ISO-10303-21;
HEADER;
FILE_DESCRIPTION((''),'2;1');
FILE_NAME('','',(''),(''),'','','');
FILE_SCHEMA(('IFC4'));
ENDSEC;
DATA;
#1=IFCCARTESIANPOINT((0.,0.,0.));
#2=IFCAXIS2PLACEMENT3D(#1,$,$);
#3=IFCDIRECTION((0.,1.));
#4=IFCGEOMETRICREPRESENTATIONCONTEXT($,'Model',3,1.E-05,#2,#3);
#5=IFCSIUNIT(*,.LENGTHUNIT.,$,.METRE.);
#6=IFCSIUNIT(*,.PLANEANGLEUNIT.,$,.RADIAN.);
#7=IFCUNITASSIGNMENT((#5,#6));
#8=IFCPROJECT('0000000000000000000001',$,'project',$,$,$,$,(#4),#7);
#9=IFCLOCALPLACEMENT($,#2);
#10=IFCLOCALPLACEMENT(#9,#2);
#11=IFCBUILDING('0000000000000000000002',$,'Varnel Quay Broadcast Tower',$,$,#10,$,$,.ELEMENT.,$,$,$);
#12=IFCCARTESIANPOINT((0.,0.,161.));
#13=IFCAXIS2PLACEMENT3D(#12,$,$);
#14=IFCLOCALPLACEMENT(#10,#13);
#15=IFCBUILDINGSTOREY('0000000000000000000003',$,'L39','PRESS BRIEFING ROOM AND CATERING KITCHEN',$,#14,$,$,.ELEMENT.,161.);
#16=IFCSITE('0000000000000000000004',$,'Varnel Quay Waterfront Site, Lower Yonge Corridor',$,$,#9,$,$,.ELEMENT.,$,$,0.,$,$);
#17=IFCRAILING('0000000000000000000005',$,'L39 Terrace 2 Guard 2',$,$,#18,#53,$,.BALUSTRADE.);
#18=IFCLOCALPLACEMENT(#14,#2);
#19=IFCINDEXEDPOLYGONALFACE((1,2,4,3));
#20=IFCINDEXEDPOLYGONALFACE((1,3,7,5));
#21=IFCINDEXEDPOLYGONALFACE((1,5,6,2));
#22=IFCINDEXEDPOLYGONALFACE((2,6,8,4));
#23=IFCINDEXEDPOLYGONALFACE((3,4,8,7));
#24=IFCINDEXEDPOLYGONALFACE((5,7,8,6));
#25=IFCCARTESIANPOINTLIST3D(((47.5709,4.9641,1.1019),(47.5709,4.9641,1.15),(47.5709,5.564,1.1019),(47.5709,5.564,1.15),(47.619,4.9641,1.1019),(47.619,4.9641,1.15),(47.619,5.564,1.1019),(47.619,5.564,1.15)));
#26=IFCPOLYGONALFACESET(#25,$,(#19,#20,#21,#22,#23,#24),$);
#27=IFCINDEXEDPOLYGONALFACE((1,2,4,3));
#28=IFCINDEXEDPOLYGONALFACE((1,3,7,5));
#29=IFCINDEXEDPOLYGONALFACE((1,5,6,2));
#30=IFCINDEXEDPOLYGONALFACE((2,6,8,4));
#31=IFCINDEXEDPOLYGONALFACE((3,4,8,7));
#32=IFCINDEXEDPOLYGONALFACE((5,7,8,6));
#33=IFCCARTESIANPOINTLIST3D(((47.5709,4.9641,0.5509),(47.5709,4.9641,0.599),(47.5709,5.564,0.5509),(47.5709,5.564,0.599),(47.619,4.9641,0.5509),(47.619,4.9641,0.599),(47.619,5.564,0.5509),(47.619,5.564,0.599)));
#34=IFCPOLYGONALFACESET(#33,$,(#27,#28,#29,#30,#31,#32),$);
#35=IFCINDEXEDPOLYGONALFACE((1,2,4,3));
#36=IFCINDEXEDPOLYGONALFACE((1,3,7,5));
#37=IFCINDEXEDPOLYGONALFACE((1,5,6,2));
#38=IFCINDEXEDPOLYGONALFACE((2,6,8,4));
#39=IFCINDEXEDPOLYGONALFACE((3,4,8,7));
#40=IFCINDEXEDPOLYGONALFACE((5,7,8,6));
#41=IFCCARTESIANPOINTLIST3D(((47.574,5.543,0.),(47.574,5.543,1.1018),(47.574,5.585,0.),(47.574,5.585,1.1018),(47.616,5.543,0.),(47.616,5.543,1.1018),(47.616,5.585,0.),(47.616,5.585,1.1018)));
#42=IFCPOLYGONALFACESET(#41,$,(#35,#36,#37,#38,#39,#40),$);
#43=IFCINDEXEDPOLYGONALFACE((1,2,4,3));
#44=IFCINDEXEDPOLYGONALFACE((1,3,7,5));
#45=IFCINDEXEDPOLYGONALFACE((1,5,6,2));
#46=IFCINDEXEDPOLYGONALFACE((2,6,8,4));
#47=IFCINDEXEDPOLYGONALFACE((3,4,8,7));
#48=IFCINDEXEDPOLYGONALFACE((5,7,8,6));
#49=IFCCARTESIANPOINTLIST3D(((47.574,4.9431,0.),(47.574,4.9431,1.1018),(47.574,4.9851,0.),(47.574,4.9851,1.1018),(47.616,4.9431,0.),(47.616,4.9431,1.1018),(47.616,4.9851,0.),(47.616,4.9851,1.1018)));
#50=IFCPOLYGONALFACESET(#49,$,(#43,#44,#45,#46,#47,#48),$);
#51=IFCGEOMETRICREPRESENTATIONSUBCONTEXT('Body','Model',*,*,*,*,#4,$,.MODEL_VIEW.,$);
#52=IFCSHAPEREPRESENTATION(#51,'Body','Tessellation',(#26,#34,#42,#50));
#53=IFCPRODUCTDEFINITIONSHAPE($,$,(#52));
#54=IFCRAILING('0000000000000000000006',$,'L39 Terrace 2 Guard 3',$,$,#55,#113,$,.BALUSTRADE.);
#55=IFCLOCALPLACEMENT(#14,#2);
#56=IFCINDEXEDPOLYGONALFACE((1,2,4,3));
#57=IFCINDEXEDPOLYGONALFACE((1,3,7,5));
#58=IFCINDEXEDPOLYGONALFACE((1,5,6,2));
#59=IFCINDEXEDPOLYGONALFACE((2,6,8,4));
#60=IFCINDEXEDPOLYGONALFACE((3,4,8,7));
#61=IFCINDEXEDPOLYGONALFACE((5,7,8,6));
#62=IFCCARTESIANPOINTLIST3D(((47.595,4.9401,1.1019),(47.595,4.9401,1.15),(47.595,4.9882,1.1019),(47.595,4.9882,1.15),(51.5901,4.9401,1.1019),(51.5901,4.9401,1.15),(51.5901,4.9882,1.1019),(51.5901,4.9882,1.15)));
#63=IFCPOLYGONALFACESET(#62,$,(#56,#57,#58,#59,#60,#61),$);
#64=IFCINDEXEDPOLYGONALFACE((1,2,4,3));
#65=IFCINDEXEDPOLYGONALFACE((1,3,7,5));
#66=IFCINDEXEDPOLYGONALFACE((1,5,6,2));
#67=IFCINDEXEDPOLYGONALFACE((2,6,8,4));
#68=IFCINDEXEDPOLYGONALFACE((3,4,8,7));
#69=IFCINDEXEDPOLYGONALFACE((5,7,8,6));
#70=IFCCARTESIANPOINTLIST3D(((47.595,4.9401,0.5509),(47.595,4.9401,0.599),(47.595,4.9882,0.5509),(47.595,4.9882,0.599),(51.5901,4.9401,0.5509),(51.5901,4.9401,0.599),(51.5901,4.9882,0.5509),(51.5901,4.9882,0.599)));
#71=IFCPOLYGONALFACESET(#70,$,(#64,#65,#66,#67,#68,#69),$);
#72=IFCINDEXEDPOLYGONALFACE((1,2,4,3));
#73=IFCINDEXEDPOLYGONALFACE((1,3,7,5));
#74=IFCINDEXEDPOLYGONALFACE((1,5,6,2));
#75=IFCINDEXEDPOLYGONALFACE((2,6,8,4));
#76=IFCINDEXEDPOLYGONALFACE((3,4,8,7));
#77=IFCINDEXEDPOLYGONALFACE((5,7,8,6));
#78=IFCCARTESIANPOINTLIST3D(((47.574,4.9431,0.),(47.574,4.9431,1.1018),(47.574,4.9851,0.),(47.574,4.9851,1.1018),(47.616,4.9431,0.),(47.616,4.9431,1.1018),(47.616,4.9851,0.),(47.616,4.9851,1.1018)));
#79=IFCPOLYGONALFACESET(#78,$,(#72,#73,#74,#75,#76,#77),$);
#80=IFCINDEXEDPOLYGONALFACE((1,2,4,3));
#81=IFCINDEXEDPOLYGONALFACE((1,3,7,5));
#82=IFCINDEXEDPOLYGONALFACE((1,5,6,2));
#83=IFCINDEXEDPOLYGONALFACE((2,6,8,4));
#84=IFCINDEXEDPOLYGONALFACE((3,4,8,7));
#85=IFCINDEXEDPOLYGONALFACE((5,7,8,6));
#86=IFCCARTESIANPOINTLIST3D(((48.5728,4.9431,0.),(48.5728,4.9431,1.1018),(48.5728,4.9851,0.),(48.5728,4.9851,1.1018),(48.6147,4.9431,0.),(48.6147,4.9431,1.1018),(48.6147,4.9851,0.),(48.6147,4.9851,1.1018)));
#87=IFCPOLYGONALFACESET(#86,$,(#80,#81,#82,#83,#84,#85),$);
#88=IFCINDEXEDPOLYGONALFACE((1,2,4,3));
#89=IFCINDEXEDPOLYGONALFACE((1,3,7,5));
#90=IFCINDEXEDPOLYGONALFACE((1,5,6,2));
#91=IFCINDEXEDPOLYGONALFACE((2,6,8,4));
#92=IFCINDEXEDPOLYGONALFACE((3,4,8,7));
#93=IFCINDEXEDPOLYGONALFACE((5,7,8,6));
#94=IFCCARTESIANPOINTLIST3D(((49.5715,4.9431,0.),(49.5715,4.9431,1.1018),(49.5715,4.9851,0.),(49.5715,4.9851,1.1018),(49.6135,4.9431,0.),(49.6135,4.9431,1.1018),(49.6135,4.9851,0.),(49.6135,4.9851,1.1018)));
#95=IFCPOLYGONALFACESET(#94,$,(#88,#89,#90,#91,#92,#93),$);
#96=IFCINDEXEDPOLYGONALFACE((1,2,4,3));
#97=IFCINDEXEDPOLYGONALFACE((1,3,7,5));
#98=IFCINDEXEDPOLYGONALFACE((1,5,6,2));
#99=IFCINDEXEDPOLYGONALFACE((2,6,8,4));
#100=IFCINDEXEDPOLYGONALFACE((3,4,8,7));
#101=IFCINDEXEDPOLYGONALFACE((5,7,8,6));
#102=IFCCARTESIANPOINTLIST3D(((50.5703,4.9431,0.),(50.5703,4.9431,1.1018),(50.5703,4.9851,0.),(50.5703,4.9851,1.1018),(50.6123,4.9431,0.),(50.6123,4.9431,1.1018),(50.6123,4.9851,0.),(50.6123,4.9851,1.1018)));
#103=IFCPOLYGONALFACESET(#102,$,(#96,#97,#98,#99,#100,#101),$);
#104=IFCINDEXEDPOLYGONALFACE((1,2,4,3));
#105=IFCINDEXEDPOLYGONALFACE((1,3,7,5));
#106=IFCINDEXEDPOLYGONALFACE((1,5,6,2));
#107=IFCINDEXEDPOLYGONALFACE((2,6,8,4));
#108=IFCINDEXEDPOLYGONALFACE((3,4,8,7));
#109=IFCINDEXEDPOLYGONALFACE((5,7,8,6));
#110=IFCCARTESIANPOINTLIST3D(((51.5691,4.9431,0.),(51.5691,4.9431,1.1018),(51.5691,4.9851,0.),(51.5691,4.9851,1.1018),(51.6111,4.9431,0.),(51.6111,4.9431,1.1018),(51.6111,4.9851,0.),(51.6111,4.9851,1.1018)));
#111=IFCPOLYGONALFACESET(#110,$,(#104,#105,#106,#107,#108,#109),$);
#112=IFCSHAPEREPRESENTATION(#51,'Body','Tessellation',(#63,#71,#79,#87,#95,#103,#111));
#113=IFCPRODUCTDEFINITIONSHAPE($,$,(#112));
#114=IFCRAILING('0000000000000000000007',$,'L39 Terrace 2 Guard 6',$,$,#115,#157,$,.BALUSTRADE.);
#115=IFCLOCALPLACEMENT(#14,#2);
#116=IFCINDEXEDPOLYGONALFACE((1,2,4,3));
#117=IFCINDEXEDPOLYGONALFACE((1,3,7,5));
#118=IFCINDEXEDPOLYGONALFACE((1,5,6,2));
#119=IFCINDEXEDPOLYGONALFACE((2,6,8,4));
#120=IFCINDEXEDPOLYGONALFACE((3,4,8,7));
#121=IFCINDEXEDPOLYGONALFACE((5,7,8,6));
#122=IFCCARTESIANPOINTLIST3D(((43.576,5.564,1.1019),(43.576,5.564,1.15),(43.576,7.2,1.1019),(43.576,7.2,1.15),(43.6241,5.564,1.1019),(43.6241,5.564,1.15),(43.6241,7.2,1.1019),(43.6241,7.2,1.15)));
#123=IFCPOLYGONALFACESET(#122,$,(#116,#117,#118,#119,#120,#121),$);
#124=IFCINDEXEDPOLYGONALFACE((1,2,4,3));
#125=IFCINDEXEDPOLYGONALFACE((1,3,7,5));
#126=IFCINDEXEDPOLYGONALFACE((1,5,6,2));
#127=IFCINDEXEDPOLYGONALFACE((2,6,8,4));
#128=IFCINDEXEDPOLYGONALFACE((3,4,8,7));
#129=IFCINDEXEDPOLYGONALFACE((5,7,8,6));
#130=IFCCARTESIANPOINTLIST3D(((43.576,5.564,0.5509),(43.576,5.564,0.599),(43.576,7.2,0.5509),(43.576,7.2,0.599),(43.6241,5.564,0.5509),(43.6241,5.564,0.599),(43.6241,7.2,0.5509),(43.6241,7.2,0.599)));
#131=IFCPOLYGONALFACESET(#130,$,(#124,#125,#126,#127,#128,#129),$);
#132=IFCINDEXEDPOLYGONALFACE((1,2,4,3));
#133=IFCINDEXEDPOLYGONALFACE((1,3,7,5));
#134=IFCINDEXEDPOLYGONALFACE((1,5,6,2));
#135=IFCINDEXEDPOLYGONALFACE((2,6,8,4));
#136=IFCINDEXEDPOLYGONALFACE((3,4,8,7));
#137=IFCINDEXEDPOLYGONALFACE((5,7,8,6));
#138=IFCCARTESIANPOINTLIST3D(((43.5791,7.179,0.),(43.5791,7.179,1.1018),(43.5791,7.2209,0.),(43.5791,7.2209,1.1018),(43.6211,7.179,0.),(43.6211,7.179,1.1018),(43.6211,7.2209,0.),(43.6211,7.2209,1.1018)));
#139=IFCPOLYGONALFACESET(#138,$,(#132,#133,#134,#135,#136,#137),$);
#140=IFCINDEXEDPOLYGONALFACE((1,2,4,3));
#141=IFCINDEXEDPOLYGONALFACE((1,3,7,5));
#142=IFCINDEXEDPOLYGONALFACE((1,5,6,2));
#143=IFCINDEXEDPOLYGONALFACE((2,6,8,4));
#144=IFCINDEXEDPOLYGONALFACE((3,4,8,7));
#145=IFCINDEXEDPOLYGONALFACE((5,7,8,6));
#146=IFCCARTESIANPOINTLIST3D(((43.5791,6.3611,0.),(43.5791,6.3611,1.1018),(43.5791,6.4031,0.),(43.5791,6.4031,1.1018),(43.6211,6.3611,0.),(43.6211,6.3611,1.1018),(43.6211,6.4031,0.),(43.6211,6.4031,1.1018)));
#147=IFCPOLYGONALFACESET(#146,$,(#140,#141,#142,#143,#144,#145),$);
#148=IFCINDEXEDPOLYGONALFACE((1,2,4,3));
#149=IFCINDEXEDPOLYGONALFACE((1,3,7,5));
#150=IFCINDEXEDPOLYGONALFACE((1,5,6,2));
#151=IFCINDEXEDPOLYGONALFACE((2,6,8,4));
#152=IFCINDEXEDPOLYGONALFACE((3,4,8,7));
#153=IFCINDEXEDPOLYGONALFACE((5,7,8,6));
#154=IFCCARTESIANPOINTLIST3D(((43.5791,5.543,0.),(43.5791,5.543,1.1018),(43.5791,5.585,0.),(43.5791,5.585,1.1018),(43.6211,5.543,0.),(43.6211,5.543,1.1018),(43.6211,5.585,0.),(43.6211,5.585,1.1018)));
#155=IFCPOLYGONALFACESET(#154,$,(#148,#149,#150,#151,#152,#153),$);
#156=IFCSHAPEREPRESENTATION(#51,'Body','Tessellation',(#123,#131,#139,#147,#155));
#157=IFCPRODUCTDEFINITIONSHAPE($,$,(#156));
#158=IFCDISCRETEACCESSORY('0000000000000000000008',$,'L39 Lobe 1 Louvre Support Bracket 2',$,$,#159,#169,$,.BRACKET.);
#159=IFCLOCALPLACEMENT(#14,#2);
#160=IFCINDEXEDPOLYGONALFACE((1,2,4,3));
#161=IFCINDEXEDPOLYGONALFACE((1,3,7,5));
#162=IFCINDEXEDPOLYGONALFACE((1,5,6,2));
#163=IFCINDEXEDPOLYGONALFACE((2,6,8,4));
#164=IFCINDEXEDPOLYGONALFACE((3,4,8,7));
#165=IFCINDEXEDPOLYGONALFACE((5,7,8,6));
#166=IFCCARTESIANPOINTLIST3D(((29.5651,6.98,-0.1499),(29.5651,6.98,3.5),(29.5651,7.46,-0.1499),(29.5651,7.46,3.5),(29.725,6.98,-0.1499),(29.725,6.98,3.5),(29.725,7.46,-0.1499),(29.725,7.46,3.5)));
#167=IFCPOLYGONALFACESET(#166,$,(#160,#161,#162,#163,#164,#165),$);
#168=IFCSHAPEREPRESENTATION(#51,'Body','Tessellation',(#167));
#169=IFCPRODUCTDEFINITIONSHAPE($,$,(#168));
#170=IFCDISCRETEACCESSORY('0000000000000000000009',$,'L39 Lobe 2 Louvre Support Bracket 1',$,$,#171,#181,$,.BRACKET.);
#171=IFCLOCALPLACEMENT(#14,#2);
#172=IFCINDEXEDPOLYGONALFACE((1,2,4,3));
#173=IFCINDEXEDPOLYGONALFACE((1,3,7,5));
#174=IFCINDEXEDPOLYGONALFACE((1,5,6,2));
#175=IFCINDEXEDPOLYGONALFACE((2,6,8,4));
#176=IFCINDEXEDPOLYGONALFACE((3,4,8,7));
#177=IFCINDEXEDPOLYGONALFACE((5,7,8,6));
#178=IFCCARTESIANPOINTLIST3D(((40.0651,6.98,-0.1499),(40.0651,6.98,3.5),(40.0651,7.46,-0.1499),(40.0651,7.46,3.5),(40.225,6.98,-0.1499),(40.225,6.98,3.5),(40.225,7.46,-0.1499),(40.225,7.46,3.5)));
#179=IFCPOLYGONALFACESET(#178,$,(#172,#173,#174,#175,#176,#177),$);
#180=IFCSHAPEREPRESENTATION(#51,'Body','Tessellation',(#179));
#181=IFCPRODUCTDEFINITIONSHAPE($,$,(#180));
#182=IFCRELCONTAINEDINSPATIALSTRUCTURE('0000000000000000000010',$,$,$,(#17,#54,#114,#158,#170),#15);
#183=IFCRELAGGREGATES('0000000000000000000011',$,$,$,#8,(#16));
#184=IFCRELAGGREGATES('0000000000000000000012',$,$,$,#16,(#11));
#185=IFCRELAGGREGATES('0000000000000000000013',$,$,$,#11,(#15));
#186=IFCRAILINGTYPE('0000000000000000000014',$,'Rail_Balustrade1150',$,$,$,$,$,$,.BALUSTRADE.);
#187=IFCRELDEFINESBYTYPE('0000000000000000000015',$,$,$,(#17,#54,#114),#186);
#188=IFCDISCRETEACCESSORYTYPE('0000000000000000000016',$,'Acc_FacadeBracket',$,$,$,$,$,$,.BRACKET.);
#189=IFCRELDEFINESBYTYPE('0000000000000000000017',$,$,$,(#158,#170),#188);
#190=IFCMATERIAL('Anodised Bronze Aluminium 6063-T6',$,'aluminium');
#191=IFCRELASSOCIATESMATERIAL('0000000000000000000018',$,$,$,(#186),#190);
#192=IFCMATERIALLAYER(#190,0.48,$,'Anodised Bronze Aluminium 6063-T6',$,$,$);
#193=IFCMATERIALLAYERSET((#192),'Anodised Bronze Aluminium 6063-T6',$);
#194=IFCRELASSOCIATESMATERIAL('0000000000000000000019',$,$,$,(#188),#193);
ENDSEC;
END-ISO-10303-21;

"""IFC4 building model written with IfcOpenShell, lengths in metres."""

from ifc_helpers import new_model, si_unit, direction, frame, origin, origin_2d, place, context, subcontext, project, spatial, rectangle, extrude, source, transform, mapped, material, layer, layer_set, type_object, type_shapes, element, save


model = new_model("IFC4")

# Units and contexts
model_context = context("Model", 3, precision=1e-05, world=origin(), true_north=direction((0.0, 1.0)))
body_context = subcontext(model_context, "Body", "Model", "MODEL_VIEW")
ifc_project = project(units=[si_unit("LENGTHUNIT", "METRE"), si_unit("PLANEANGLEUNIT", "RADIAN")], contexts=[model_context])

# Site, building, storey
site_placement = place(None, origin())
site = spatial("IfcSite", under=ifc_project, at=site_placement, Name="Varnel Quay Waterfront Site, Lower Yonge Corridor", CompositionType="ELEMENT", RefElevation=0.0)
building_placement = place(site_placement, origin())
building = spatial("IfcBuilding", under=site, at=building_placement, Name="Varnel Quay Broadcast Tower", CompositionType="ELEMENT")
storey_placement = place(building_placement, frame((0.0, 0.0, 161.0)))
storey = spatial("IfcBuildingStorey", under=building, at=storey_placement, Name="L39", Description="PRESS BRIEFING ROOM AND CATERING KITCHEN", CompositionType="ELEMENT", Elevation=161.0)

# Shared definitions
ifc_material_1 = material(Name="Anodised Bronze Aluminium 6063-T6", Category="aluminium")

# Railings
railing_type = type_object("IfcRailingType", Name="Rail_Balustrade1150", PredefinedType="BALUSTRADE", material=ifc_material_1)
railing_1_placement = place(storey_placement, frame((47.595, 5.564, 0.0)))
element("IfcRailing", 1, at=railing_1_placement, inside=storey, type_object=railing_type, Name="L39 Terrace 2 Guard 2", PredefinedType="BALUSTRADE", context=body_context, shape_type="SweptSolid", body=[
    extrude(rectangle(XDim=0.0481, YDim=0.0481, at=origin_2d()), frame((0.0, 0.0, 1.126), z_axis=(0.0, -1.0, 0.0), x_axis=(1.0, 0.0, 0.0)), (0.0, 0.0, 1.0), 0.5999),
    extrude(rectangle(XDim=0.0481, YDim=0.0481, at=origin_2d()), frame((0.0, 0.0, 0.575), z_axis=(0.0, -1.0, 0.0), x_axis=(1.0, 0.0, 0.0)), (0.0, 0.0, 1.0), 0.5999),
    extrude(rectangle(XDim=0.042, YDim=0.042, at=origin_2d()), origin(), (0.0, 0.0, 1.0), 1.1018),
    extrude(rectangle(XDim=0.042, YDim=0.042, at=origin_2d()), frame((0.0, -0.5999, 0.0)), (0.0, 0.0, 1.0), 1.1018),
])
railing_2_placement = place(storey_placement, frame((47.595, 4.9641, 0.0)))
element("IfcRailing", 2, at=railing_2_placement, inside=storey, type_object=railing_type, Name="L39 Terrace 2 Guard 3", PredefinedType="BALUSTRADE", context=body_context, shape_type="SweptSolid", body=[
    extrude(rectangle(XDim=0.0481, YDim=0.0481, at=origin_2d()), frame((0.0, 0.0, 1.126), z_axis=(1.0, 0.0, 0.0), x_axis=(0.0, 1.0, 0.0)), (0.0, 0.0, 1.0), 3.9951),
    extrude(rectangle(XDim=0.0481, YDim=0.0481, at=origin_2d()), frame((0.0, 0.0, 0.575), z_axis=(1.0, 0.0, 0.0), x_axis=(0.0, 1.0, 0.0)), (0.0, 0.0, 1.0), 3.9951),
    extrude(rectangle(XDim=0.042, YDim=0.042, at=origin_2d()), origin(), (0.0, 0.0, 1.0), 1.1018),
    extrude(rectangle(XDim=0.042, YDim=0.042, at=origin_2d()), frame((0.9988, 0.0, 0.0)), (0.0, 0.0, 1.0), 1.1018),
    extrude(rectangle(XDim=0.042, YDim=0.042, at=origin_2d()), frame((1.9976, 0.0, 0.0)), (0.0, 0.0, 1.0), 1.1018),
    extrude(rectangle(XDim=0.042, YDim=0.042, at=origin_2d()), frame((2.9963, 0.0, 0.0)), (0.0, 0.0, 1.0), 1.1018),
    extrude(rectangle(XDim=0.042, YDim=0.042, at=origin_2d()), frame((3.9951, 0.0, 0.0)), (0.0, 0.0, 1.0), 1.1018),
])
railing_3_placement = place(storey_placement, frame((43.6001, 7.2, 0.0)))
element("IfcRailing", 3, at=railing_3_placement, inside=storey, type_object=railing_type, Name="L39 Terrace 2 Guard 6", PredefinedType="BALUSTRADE", context=body_context, shape_type="SweptSolid", body=[
    extrude(rectangle(XDim=0.0481, YDim=0.0481, at=origin_2d()), frame((0.0, 0.0, 1.126), z_axis=(0.0, -1.0, 0.0), x_axis=(1.0, 0.0, 0.0)), (0.0, 0.0, 1.0), 1.636),
    extrude(rectangle(XDim=0.0481, YDim=0.0481, at=origin_2d()), frame((0.0, 0.0, 0.575), z_axis=(0.0, -1.0, 0.0), x_axis=(1.0, 0.0, 0.0)), (0.0, 0.0, 1.0), 1.636),
    extrude(rectangle(XDim=0.042, YDim=0.042, at=origin_2d()), origin(), (0.0, 0.0, 1.0), 1.1018),
    extrude(rectangle(XDim=0.042, YDim=0.042, at=origin_2d()), frame((0.0, -0.8179, 0.0)), (0.0, 0.0, 1.0), 1.1018),
    extrude(rectangle(XDim=0.042, YDim=0.042, at=origin_2d()), frame((0.0, -1.636, 0.0)), (0.0, 0.0, 1.0), 1.1018),
])

# Discrete accessories
ifc_layer_1 = layer(ifc_material_1, 0.48, Name="Anodised Bronze Aluminium 6063-T6")
ifc_layer_set_1 = layer_set([ifc_layer_1], Name="Anodised Bronze Aluminium 6063-T6")
discrete_accessory_type = type_object("IfcDiscreteAccessoryType", Name="Acc_FacadeBracket", PredefinedType="BRACKET", material=ifc_layer_set_1)
shared_shape_1 = source(origin(), body_context, "Body", "SweptSolid", [
    extrude(rectangle(XDim=0.1599, YDim=0.48, at=origin_2d()), origin(), (0.0, 0.0, 1.0), 3.6499),
])
type_shapes(discrete_accessory_type, [shared_shape_1])
for number, where, z_axis, x_axis, name in (
    (4, (29.645, 7.22, -0.1499), (0.0, 0.0, 1.0), (1.0, 0.0, 0.0), "L39 Lobe 1 Louvre Support Bracket 2"),
    (5, (40.145, 7.22, -0.1499), (0.0, 0.0, 1.0), (1.0, 0.0, 0.0), "L39 Lobe 2 Louvre Support Bracket 1"),
):
    element("IfcDiscreteAccessory", number, at=place(storey_placement, frame(where, z_axis=z_axis, x_axis=x_axis)), inside=storey, type_object=discrete_accessory_type, Name=name, PredefinedType="BRACKET", context=body_context, shape_type="MappedRepresentation", body=[
        mapped(shared_shape_1, transform((0.0, 0.0, 0.0), x_axis=(1.0, 0.0, 0.0), y_axis=(0.0, 1.0, 0.0), z_axis=(0.0, 0.0, 1.0), scale=1.0)),
    ])

save(model, "model.ifc")
